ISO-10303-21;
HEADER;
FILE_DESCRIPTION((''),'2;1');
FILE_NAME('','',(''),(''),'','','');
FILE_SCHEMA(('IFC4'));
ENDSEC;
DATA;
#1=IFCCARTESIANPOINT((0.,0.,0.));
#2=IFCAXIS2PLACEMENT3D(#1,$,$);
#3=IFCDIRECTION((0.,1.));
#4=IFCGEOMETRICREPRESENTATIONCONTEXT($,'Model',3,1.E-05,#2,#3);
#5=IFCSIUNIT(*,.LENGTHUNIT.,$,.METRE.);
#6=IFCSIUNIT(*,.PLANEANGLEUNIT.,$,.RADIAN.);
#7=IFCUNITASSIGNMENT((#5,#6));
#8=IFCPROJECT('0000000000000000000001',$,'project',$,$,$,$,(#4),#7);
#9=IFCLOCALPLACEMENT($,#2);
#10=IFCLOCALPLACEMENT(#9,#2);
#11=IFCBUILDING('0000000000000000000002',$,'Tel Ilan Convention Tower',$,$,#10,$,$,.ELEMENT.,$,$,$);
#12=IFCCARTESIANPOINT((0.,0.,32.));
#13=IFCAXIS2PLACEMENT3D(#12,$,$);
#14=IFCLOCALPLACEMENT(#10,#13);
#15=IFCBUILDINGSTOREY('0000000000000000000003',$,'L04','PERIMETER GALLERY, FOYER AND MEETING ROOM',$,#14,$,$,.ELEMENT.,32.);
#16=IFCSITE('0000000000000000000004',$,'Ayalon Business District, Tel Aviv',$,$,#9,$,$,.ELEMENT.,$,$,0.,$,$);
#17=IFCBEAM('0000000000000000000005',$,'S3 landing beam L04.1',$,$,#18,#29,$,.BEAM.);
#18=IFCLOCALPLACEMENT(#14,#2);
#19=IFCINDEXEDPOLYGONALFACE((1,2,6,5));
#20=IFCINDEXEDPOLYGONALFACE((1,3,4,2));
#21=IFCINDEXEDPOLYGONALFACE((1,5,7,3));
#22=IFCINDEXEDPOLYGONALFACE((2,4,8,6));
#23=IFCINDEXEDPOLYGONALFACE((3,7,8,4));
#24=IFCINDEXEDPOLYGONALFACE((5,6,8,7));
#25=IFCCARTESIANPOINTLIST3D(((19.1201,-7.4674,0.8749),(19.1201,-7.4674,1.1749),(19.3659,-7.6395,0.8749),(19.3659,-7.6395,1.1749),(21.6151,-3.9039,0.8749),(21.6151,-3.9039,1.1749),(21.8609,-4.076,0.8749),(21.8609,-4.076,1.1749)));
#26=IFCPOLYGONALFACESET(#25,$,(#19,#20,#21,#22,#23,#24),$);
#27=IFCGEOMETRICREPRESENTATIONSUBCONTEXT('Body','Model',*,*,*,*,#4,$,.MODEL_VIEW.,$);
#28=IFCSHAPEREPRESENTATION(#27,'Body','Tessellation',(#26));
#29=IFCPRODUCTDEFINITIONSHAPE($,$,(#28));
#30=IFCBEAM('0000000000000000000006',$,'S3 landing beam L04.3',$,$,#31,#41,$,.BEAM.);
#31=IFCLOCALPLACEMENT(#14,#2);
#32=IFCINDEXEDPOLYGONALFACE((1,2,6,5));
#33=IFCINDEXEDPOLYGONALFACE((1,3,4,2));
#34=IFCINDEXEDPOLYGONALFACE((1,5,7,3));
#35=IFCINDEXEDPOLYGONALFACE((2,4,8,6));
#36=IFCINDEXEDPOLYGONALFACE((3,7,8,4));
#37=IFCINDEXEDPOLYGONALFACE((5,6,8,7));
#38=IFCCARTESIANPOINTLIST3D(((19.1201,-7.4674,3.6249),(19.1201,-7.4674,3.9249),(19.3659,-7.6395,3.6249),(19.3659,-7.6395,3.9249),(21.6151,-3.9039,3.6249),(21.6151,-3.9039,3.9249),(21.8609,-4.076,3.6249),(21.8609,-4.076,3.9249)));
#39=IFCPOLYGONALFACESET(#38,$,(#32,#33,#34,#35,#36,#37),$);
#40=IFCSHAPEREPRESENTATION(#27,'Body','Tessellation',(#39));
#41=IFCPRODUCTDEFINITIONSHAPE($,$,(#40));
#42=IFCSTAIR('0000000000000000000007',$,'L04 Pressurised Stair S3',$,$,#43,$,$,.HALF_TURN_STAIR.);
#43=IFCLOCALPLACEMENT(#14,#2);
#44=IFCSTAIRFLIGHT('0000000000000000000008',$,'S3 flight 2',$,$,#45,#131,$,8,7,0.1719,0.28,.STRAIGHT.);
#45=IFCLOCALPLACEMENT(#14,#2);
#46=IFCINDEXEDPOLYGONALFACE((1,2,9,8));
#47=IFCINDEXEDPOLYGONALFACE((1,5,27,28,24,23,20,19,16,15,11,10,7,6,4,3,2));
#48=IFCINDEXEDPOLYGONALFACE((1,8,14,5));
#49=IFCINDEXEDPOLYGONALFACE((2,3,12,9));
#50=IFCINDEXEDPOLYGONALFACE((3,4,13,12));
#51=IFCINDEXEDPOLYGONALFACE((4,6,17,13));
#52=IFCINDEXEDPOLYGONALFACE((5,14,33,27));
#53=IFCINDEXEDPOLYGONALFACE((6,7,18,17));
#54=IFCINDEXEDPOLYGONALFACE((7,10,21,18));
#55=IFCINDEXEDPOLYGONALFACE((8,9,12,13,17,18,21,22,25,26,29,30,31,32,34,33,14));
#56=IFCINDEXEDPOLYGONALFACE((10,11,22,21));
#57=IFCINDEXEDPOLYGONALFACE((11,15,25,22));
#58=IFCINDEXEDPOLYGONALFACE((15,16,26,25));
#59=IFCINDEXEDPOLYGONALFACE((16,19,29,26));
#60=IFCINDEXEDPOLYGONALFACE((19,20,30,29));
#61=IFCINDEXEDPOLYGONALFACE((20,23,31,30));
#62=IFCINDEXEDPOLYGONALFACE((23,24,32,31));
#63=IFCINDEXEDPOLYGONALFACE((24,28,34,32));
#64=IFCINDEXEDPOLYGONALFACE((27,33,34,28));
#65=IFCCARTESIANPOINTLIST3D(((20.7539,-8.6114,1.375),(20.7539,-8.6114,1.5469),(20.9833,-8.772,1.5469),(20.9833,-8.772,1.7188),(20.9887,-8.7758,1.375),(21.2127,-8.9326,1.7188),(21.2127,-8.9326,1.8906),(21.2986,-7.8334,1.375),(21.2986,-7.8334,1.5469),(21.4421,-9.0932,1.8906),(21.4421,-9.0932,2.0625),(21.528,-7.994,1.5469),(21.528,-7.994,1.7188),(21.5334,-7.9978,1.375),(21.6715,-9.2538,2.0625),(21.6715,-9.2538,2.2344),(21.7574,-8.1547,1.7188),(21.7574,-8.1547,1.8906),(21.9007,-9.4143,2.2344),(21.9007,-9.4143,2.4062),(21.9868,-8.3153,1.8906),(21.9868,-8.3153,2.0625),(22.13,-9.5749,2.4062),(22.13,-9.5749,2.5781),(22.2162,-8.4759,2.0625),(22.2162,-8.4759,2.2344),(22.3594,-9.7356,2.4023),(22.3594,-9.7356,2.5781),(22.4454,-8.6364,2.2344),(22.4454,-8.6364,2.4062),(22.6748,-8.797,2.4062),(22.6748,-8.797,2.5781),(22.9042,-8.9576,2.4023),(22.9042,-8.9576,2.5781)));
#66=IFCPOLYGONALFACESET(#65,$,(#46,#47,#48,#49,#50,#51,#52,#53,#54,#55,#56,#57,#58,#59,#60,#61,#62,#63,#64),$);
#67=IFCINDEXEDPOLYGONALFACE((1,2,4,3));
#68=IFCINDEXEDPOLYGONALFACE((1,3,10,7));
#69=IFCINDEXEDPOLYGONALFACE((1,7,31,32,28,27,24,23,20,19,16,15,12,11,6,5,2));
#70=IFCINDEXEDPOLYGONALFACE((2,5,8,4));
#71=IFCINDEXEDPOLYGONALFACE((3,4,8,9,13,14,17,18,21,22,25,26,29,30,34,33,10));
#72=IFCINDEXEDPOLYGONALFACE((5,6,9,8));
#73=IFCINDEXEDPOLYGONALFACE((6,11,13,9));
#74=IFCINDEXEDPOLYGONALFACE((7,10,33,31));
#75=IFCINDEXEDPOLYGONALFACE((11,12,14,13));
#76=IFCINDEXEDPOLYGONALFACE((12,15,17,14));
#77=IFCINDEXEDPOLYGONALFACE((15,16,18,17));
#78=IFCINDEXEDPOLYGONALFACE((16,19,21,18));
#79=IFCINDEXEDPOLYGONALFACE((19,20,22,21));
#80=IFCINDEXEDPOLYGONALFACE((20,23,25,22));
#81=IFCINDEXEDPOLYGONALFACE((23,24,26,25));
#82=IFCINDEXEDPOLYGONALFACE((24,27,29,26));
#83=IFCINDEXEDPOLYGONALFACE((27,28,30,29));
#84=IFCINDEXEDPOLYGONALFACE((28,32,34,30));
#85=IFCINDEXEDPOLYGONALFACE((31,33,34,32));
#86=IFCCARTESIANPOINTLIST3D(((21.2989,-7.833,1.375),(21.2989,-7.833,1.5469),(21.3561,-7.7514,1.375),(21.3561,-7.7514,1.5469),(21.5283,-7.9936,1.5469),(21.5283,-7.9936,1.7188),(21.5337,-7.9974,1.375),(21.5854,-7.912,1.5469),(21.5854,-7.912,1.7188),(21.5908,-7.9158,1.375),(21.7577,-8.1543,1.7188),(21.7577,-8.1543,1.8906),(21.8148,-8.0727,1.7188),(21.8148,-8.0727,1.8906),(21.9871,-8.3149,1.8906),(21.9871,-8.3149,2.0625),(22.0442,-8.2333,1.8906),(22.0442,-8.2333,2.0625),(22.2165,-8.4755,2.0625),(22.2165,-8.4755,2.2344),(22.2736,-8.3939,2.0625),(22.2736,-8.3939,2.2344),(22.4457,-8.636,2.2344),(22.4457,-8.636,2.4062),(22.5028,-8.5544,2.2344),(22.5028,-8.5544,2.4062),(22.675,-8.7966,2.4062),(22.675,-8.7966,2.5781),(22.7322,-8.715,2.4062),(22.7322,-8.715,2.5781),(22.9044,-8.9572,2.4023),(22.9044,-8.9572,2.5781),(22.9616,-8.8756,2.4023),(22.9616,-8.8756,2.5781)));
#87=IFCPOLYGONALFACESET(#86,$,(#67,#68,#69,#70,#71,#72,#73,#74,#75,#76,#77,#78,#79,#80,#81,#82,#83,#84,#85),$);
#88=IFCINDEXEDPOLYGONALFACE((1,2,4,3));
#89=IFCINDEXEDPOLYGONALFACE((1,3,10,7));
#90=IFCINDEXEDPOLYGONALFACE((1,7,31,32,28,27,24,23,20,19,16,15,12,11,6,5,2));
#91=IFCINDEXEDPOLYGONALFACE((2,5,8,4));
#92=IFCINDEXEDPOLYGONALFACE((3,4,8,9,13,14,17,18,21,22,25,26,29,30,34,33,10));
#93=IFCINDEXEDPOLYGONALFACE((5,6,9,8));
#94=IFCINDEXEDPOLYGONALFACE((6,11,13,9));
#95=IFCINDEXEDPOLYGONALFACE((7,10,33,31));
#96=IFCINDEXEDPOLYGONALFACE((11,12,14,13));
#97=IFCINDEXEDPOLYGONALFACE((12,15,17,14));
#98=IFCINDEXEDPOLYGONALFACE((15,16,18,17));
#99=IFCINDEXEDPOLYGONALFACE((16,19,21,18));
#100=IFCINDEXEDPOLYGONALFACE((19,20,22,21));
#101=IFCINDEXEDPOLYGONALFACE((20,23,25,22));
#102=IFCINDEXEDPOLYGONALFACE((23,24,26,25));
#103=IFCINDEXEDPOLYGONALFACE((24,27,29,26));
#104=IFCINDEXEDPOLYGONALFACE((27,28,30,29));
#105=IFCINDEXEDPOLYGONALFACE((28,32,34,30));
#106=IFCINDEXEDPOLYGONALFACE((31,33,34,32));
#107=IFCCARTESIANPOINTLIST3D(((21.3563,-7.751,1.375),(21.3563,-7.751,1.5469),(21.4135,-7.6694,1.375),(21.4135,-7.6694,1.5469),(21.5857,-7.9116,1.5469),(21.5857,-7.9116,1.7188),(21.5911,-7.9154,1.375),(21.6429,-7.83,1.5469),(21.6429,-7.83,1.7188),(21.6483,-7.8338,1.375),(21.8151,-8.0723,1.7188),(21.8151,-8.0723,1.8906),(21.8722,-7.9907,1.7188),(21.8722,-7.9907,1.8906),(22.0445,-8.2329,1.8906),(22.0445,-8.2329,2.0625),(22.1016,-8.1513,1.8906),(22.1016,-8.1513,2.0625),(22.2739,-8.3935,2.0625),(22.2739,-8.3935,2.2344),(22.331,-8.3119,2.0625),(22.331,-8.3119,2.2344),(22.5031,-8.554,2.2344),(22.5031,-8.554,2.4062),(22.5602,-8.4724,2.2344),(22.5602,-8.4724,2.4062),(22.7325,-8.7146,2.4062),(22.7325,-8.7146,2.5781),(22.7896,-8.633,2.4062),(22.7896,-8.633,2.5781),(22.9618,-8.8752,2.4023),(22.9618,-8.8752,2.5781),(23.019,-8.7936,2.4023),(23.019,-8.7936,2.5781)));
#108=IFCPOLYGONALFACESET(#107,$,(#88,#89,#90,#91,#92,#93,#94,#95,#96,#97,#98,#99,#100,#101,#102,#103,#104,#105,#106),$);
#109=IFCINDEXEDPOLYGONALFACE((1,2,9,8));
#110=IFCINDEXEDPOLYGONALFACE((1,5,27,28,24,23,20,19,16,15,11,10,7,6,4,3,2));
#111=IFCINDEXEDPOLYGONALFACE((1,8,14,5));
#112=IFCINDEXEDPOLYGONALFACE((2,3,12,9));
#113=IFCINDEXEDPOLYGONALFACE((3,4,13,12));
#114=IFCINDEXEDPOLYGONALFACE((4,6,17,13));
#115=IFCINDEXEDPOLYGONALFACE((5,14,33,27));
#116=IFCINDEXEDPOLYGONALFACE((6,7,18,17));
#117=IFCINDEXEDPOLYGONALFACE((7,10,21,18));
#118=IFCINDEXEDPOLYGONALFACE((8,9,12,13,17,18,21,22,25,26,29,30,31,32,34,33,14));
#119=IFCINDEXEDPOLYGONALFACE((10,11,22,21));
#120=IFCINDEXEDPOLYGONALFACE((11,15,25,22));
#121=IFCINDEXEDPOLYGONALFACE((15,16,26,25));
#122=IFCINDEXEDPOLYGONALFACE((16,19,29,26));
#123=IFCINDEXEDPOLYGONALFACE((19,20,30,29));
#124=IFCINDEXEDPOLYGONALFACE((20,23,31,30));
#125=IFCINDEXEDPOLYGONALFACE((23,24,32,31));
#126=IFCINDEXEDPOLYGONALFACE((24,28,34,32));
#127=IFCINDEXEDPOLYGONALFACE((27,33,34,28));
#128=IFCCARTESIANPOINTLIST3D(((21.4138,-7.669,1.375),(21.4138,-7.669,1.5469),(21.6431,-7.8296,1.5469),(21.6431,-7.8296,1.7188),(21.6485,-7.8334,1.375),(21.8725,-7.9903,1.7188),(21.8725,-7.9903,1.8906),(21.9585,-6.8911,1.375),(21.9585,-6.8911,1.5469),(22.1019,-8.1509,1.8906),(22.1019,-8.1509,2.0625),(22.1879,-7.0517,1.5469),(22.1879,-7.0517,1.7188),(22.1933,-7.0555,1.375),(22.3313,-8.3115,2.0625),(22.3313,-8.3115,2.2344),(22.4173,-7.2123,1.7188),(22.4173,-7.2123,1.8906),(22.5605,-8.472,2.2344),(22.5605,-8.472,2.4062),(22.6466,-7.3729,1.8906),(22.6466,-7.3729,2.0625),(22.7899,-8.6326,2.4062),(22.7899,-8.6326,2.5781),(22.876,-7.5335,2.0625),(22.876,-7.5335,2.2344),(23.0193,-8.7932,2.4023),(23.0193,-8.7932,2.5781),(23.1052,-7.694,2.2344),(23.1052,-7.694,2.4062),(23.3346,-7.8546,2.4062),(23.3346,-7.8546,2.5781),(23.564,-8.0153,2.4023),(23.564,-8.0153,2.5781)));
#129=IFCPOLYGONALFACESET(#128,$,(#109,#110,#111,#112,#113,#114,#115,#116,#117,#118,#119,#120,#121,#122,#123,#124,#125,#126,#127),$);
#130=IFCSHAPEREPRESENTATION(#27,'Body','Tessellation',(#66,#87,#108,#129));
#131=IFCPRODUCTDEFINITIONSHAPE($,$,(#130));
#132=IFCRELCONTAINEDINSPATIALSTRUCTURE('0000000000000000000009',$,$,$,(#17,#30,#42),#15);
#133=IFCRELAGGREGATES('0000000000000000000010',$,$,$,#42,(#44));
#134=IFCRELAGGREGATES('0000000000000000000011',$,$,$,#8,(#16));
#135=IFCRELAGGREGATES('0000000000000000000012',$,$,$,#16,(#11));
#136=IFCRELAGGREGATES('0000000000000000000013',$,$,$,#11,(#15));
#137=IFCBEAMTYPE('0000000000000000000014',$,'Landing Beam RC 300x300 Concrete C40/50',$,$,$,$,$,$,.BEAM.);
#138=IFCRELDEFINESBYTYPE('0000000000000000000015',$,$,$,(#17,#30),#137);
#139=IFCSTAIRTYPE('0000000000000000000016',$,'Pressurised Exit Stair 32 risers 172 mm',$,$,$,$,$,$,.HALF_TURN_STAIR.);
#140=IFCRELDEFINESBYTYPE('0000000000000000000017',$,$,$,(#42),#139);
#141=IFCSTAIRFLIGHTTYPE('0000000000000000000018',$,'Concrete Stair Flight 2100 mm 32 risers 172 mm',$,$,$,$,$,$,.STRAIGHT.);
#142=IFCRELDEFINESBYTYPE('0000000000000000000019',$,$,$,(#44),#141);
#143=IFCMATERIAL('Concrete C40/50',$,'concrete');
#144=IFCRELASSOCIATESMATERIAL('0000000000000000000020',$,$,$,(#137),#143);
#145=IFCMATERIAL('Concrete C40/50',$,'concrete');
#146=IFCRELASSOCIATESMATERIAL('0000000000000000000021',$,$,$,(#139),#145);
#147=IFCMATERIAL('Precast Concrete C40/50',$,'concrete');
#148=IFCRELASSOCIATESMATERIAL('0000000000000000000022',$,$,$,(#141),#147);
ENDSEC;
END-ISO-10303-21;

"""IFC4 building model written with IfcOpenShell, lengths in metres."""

from ifc_helpers import new_model, si_unit, direction, frame, origin, origin_2d, place, context, subcontext, project, spatial, polyline, rectangle, outline, extrude, material, material_profile, profile_set, type_object, element, aggregate, save


model = new_model("IFC4")

# Units and contexts
model_context = context("Model", 3, precision=1e-05, world=origin(), true_north=direction((0.0, 1.0)))
body_context = subcontext(model_context, "Body", "Model", "MODEL_VIEW")
ifc_project = project(units=[si_unit("LENGTHUNIT", "METRE"), si_unit("PLANEANGLEUNIT", "RADIAN")], contexts=[model_context])

# Site, building, storey
site_placement = place(None, origin())
site = spatial("IfcSite", under=ifc_project, at=site_placement, Name="Ayalon Business District, Tel Aviv", CompositionType="ELEMENT", RefElevation=0.0)
building_placement = place(site_placement, origin())
building = spatial("IfcBuilding", under=site, at=building_placement, Name="Tel Ilan Convention Tower", CompositionType="ELEMENT")
storey_placement = place(building_placement, frame((0.0, 0.0, 32.0)))
storey = spatial("IfcBuildingStorey", under=building, at=storey_placement, Name="L04", Description="PERIMETER GALLERY, FOYER AND MEETING ROOM", CompositionType="ELEMENT", Elevation=32.0)

# Beams
ifc_material_1 = material(Name="Concrete C40/50", Category="concrete")
ifc_material_profile = material_profile(ifc_material_1, rectangle(XDim=0.3, YDim=0.3, at=origin_2d()), Name="RC 300x300")
ifc_profile_set = profile_set([ifc_material_profile], Name="Concrete C40/50")
beam_type = type_object("IfcBeamType", Name="Landing Beam RC 300x300 Concrete C40/50", PredefinedType="BEAM", material=ifc_profile_set)
for number, where, z_axis, x_axis, name in (
    (1, (21.738, -3.99, 1.0249), (-0.573568, -0.819158, 0.0), (0.819158, -0.573568, 0.0), "S3 landing beam L04.1"),
    (2, (21.738, -3.99, 3.7749), (-0.573568, -0.819158, 0.0), (0.819158, -0.573568, 0.0), "S3 landing beam L04.3"),
):
    element("IfcBeam", number, at=place(storey_placement, frame(where, z_axis=z_axis, x_axis=x_axis)), inside=storey, type_object=beam_type, Name=name, PredefinedType="BEAM", context=body_context, shape_type="SweptSolid", body=[
        extrude(rectangle(XDim=0.3, YDim=0.3, at=origin_2d()), origin(), (0.0, 0.0, 1.0), 4.3501),
    ])

# Stair, stair flight
ifc_material_2 = material(Name="Concrete C40/50", Category="concrete")
stair_type = type_object("IfcStairType", Name="Pressurised Exit Stair 32 risers 172 mm", PredefinedType="HALF_TURN_STAIR", material=ifc_material_2)
stair_1_placement = place(storey_placement, origin())
stair_1 = element("IfcStair", 3, at=stair_1_placement, inside=storey, type_object=stair_type, Name="L04 Pressurised Stair S3", PredefinedType="HALF_TURN_STAIR")
ifc_material_3 = material(Name="Precast Concrete C40/50", Category="concrete")
stair_flight_type = type_object("IfcStairFlightType", Name="Concrete Stair Flight 2100 mm 32 risers 172 mm", PredefinedType="STRAIGHT", material=ifc_material_3)
stair_flight_1_placement = place(storey_placement, frame((21.3562, -7.7512, 1.375), z_axis=(0.0, 0.0, 1.0), x_axis=(0.819152, -0.573576, 0.0)))
stair_flight_1 = element("IfcStairFlight", 4, at=stair_flight_1_placement, type_object=stair_flight_type, Name="S3 flight 2", NumberOfRisers=8, NumberOfTreads=7, PredefinedType="STRAIGHT", RiserHeight=0.1719, TreadLength=0.28, context=body_context, shape_type="SweptSolid", body=[
    extrude(outline(polyline([(0.0, 0.0), (0.0, 0.1719), (0.28, 0.1719), (0.28, 0.3438), (0.5601, 0.3438), (0.5601, 0.5156), (0.8401, 0.5156), (0.8401, 0.6875), (1.1201, 0.6875), (1.1201, 0.8594), (1.3999, 0.8594), (1.3999, 1.0312), (1.6799, 1.0312), (1.6799, 1.2031), (1.96, 1.2031), (1.96, 1.375), (1.96, 1.0273), (0.2866, 0.0), (0.0, 0.0)])), frame((0.0, -0.1003, 0.0), z_axis=(0.0, -1.0, 0.0), x_axis=(1.0, 0.0, 0.0)), (0.0, 0.0, 1.0), 0.9497),
    extrude(outline(polyline([(0.0, 0.0), (0.0, 0.1719), (0.28, 0.1719), (0.28, 0.3438), (0.5601, 0.3438), (0.5601, 0.5156), (0.8401, 0.5156), (0.8401, 0.6875), (1.1201, 0.6875), (1.1201, 0.8594), (1.3999, 0.8594), (1.3999, 1.0312), (1.6799, 1.0312), (1.6799, 1.2031), (1.96, 1.2031), (1.96, 1.375), (1.96, 1.0273), (0.2866, 0.0), (0.0, 0.0)])), frame((0.0, -0.0002, 0.0), z_axis=(0.0, -1.0, 0.0), x_axis=(1.0, 0.0, 0.0)), (0.0, 0.0, 1.0), 0.0996),
    extrude(outline(polyline([(0.0, 0.0), (0.0, 0.1719), (0.28, 0.1719), (0.28, 0.3438), (0.5601, 0.3438), (0.5601, 0.5156), (0.8401, 0.5156), (0.8401, 0.6875), (1.1201, 0.6875), (1.1201, 0.8594), (1.3999, 0.8594), (1.3999, 1.0312), (1.6799, 1.0312), (1.6799, 1.2031), (1.96, 1.2031), (1.96, 1.375), (1.96, 1.0273), (0.2866, 0.0), (0.0, 0.0)])), frame((0.0, 0.0999, 0.0), z_axis=(0.0, -1.0, 0.0), x_axis=(1.0, 0.0, 0.0)), (0.0, 0.0, 1.0), 0.0996),
    extrude(outline(polyline([(0.0, 0.0), (0.0, 0.1719), (0.28, 0.1719), (0.28, 0.3438), (0.5601, 0.3438), (0.5601, 0.5156), (0.8401, 0.5156), (0.8401, 0.6875), (1.1201, 0.6875), (1.1201, 0.8594), (1.3999, 0.8594), (1.3999, 1.0312), (1.6799, 1.0312), (1.6799, 1.2031), (1.96, 1.2031), (1.96, 1.375), (1.96, 1.0273), (0.2866, 0.0), (0.0, 0.0)])), frame((0.0, 1.05, 0.0), z_axis=(0.0, -1.0, 0.0), x_axis=(1.0, 0.0, 0.0)), (0.0, 0.0, 1.0), 0.9497),
])
aggregate(stair_1, [stair_flight_1])

save(model, "model.ifc")
